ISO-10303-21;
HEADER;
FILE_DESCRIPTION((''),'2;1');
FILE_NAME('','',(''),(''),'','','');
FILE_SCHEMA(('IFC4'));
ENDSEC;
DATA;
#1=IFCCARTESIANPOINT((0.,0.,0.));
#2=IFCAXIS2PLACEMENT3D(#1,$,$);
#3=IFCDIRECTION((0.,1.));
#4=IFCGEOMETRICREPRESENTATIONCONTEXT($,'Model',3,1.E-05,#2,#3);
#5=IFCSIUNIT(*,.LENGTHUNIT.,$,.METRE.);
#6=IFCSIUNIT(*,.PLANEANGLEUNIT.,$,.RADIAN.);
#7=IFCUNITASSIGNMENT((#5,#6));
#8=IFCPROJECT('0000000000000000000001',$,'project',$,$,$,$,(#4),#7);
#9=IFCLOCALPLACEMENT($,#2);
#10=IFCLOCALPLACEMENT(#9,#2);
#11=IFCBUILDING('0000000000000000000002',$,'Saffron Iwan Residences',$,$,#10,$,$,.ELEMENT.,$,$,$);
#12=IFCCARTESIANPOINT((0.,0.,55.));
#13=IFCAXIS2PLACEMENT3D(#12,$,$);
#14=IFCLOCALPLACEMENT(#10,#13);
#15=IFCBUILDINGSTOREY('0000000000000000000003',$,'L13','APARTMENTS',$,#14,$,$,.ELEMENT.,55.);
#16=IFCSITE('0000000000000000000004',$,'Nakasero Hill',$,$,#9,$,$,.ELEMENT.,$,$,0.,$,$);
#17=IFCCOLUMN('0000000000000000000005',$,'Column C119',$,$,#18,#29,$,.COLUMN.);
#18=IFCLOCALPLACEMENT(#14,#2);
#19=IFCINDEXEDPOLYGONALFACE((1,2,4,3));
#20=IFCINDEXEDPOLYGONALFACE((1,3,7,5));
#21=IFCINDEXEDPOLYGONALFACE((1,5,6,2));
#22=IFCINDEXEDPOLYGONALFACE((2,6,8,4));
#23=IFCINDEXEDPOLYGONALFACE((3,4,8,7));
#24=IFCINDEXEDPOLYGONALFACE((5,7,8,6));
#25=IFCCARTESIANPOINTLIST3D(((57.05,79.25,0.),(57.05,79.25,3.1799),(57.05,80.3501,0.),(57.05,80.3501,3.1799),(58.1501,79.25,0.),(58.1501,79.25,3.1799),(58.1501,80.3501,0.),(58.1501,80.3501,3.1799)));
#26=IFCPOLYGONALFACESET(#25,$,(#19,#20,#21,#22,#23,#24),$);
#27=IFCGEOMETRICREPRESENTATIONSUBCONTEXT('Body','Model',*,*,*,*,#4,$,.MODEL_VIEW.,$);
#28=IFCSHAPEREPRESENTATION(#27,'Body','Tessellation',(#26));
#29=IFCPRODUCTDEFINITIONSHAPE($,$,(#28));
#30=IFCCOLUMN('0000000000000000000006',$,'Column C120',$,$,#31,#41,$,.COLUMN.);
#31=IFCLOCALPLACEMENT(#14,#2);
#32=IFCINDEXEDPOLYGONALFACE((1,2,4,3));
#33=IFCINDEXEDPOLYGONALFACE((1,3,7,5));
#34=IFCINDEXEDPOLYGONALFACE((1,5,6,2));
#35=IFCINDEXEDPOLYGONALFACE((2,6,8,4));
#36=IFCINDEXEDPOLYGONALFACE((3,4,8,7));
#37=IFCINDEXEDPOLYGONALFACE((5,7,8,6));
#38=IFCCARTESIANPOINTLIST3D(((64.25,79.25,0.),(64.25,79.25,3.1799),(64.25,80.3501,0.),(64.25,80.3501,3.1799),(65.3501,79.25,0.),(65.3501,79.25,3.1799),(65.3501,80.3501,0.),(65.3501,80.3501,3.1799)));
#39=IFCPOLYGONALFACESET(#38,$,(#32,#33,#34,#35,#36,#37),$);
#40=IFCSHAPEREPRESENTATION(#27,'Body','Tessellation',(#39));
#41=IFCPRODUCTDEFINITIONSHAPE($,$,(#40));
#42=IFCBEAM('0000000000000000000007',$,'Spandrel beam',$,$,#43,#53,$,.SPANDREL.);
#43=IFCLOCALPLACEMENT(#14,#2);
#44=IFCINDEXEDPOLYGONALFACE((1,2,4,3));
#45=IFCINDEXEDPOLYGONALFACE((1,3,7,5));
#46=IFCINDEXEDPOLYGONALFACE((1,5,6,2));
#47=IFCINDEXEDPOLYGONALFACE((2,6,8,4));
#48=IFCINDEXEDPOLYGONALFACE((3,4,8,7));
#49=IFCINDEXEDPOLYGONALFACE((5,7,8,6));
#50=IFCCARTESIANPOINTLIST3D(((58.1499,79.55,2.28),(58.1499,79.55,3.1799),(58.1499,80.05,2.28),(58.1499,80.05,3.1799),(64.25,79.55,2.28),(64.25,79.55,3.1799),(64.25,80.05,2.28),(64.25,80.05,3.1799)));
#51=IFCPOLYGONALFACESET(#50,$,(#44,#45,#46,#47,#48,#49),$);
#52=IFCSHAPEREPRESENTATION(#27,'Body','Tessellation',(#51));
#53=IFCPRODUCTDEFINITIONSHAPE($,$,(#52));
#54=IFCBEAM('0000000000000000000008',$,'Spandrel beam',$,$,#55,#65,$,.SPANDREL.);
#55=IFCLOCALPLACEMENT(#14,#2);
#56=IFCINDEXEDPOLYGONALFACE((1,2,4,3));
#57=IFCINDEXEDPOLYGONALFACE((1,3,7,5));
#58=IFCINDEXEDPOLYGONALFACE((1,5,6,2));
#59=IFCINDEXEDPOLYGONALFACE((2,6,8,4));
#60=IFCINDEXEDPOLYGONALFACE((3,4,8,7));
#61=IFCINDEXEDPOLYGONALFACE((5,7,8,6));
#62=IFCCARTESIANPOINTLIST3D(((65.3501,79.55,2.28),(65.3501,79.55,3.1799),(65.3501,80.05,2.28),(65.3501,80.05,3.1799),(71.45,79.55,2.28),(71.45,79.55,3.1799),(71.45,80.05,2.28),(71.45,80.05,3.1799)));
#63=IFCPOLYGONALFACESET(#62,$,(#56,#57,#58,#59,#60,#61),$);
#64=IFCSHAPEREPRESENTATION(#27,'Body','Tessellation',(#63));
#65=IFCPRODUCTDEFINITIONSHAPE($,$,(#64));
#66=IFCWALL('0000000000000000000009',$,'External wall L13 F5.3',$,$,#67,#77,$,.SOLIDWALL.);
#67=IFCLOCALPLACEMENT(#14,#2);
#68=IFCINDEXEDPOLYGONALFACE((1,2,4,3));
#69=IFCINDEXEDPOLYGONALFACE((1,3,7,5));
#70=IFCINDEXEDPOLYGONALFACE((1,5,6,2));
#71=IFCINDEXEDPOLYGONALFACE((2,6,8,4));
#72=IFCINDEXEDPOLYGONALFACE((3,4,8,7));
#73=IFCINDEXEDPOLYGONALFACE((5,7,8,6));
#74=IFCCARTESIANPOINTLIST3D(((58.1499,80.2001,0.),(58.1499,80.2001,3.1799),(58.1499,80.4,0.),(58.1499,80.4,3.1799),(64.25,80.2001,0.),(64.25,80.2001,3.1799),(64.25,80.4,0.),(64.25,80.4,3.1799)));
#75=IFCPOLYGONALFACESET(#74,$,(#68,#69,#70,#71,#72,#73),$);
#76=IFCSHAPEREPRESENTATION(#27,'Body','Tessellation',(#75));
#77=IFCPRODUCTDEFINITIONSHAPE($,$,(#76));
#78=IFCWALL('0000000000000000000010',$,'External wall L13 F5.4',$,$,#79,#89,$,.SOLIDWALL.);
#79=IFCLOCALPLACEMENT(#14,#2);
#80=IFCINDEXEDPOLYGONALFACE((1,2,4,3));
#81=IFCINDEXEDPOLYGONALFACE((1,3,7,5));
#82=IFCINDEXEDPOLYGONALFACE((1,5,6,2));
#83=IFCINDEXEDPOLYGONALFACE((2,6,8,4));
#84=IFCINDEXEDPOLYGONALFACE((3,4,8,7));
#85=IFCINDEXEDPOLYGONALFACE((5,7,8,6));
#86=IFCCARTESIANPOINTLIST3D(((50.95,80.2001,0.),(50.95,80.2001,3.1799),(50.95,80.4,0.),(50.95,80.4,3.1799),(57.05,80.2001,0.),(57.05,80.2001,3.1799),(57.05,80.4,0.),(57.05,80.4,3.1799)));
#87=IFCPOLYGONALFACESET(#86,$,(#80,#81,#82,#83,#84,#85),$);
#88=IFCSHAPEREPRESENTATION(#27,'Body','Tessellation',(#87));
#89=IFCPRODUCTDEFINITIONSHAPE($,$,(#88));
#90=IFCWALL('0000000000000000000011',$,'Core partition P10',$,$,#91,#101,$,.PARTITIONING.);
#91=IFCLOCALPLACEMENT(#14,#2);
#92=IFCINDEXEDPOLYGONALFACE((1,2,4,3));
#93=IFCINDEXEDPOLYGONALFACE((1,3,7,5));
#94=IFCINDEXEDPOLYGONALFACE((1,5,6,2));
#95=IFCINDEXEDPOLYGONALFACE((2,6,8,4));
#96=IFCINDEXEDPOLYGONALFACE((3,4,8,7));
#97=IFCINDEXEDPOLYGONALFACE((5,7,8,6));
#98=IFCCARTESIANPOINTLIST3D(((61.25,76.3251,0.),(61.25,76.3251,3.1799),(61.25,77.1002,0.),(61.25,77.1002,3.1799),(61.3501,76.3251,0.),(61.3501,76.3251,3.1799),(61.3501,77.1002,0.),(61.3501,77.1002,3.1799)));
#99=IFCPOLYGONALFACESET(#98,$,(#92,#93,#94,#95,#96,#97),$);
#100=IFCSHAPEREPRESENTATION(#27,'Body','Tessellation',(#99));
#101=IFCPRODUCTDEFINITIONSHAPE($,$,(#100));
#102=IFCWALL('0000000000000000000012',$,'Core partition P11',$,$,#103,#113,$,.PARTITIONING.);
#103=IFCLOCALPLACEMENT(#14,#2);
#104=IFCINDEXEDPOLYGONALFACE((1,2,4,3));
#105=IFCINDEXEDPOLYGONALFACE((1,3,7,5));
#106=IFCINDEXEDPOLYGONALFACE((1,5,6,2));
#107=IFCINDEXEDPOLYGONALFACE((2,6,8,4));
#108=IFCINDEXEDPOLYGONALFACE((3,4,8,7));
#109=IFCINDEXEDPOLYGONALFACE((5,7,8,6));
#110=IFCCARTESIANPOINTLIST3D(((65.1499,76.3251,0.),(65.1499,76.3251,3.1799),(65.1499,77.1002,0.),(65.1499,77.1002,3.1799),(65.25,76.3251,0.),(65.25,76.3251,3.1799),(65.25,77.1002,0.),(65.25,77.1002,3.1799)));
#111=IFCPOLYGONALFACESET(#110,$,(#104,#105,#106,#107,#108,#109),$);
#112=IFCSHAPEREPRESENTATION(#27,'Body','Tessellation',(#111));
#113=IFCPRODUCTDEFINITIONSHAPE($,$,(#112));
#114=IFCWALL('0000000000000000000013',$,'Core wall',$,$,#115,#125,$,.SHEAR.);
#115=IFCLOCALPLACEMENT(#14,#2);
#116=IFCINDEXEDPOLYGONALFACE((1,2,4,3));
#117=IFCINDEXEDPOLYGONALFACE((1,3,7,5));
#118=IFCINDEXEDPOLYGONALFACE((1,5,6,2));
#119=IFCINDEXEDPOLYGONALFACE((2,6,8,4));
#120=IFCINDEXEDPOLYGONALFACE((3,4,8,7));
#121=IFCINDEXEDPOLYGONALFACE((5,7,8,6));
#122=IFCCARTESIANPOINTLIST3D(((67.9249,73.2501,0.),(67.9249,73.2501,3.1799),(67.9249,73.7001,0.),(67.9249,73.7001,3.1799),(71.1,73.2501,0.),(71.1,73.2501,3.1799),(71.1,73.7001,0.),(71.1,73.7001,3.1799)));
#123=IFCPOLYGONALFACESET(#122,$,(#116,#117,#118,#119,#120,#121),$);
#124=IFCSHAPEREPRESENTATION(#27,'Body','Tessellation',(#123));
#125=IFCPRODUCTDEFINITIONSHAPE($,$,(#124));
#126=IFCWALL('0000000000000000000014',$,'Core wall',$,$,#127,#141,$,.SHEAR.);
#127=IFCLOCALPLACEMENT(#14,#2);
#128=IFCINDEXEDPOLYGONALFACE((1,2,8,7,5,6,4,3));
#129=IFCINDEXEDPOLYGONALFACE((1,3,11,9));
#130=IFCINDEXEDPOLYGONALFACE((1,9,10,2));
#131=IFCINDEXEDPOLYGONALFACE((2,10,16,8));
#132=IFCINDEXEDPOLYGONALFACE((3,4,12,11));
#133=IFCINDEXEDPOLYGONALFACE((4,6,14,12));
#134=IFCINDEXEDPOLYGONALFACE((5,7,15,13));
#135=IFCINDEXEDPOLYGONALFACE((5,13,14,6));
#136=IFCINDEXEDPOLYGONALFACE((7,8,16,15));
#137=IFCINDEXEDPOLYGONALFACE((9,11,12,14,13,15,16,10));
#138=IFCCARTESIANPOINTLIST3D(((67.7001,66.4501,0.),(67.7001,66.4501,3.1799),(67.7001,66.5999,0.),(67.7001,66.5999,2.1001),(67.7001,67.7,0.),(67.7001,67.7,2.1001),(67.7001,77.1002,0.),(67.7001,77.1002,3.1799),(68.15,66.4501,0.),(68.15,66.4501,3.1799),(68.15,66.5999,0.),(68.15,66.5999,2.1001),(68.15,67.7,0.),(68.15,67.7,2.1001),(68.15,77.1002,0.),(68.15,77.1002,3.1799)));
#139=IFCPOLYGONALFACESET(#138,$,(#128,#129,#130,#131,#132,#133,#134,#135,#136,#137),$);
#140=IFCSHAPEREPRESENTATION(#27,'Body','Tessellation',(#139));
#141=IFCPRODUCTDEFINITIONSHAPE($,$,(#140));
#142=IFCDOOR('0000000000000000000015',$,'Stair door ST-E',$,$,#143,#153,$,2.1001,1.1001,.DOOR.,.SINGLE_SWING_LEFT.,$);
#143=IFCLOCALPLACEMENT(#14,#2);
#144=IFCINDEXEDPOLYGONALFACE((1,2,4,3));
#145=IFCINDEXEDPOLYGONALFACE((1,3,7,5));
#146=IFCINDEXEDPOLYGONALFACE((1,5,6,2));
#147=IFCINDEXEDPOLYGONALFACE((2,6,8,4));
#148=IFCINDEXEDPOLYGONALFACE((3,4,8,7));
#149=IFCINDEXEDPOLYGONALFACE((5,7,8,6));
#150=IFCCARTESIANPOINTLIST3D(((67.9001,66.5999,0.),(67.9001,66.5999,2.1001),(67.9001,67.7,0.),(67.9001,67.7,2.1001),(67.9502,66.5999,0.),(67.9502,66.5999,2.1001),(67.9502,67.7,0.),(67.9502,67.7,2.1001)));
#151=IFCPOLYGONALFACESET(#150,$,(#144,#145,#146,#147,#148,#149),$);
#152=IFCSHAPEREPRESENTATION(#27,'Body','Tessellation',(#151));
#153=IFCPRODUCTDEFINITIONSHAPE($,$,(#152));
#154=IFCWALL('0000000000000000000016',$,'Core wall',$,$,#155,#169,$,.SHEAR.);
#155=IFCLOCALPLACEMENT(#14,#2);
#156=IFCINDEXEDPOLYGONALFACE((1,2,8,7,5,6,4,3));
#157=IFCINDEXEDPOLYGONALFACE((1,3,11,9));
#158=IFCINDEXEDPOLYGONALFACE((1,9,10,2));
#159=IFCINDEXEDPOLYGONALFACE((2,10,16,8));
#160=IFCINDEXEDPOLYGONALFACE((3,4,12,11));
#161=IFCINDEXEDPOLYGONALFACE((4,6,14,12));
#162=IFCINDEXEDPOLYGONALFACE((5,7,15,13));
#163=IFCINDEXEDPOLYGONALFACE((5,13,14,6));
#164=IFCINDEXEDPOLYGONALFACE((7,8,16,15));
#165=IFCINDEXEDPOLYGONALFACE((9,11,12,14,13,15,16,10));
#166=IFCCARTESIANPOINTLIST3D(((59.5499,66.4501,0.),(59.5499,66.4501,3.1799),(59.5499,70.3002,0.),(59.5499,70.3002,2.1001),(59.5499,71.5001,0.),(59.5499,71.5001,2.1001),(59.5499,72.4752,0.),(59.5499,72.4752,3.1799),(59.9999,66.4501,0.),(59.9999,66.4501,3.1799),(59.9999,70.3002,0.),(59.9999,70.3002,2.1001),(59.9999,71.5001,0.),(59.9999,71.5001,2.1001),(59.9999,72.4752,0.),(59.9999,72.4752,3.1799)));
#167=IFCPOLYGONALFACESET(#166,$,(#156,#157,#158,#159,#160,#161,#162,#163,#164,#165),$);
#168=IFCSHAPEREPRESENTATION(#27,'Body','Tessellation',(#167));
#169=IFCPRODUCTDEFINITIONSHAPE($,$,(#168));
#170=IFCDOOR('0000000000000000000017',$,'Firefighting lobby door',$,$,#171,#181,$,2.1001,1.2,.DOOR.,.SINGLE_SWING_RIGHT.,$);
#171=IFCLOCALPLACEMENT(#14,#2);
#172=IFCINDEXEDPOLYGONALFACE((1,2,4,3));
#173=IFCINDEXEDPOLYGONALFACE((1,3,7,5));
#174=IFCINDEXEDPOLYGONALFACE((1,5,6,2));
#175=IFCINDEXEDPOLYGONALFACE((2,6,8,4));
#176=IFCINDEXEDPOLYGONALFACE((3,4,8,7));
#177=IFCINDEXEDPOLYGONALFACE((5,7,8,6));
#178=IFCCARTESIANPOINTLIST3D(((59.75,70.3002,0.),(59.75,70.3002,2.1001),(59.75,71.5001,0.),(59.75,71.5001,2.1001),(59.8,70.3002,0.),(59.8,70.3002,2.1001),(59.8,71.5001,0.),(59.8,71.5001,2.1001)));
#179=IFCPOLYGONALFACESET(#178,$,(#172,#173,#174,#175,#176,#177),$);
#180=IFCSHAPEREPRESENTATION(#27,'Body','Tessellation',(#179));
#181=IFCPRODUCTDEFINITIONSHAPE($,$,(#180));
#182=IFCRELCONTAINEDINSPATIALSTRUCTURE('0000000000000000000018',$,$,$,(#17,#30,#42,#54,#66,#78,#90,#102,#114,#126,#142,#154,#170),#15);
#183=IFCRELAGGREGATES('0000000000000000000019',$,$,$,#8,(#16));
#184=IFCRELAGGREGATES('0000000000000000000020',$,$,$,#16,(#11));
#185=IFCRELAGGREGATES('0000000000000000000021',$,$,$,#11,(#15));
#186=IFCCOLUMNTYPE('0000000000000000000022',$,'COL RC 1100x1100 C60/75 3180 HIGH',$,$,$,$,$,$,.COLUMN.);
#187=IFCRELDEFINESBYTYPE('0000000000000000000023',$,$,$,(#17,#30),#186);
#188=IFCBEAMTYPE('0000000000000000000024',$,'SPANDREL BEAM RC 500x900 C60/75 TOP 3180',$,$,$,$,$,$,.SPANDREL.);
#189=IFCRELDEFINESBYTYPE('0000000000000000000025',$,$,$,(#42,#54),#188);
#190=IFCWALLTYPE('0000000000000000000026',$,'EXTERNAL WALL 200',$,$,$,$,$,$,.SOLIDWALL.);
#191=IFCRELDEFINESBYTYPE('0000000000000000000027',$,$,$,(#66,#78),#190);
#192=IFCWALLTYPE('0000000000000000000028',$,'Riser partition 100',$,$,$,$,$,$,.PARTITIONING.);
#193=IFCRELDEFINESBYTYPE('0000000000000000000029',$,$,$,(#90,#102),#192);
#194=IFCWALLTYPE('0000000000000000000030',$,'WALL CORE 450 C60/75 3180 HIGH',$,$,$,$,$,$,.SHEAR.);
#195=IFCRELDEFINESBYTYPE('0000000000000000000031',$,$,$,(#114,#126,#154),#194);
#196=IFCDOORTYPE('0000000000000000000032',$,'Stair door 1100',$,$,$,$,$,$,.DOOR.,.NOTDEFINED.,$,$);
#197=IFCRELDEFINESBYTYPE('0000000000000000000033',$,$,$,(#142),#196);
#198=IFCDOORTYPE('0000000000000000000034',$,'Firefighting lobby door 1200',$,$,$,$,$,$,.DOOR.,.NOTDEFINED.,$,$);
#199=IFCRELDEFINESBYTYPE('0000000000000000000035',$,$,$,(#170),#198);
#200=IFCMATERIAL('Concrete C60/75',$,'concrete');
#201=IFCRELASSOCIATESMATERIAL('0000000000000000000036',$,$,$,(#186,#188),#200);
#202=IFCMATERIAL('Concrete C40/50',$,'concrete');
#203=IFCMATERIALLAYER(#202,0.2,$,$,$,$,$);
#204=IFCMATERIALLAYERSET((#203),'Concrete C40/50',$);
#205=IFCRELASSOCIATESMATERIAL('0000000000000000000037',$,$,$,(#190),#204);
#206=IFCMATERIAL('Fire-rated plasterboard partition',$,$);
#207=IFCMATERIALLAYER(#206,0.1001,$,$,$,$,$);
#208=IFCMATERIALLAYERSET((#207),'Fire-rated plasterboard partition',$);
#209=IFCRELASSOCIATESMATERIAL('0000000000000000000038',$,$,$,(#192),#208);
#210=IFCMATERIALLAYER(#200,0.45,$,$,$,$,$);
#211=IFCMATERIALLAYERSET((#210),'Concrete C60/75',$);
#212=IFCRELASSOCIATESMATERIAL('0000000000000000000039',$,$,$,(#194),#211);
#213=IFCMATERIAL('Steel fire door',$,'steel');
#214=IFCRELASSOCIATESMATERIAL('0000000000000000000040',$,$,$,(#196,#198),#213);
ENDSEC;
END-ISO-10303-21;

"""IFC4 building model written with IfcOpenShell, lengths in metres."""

from ifc_helpers import new_model, si_unit, direction, frame, frame_2d, origin, origin_2d, place, context, subcontext, project, spatial, rectangle, extrude, source, transform, mapped, material, layer, layer_set, material_profile, profile_set, type_object, element, fill, save


model = new_model("IFC4")

# Units and contexts
model_context = context("Model", 3, precision=1e-05, world=origin(), true_north=direction((0.0, 1.0)))
body_context = subcontext(model_context, "Body", "Model", "MODEL_VIEW")
ifc_project = project(units=[si_unit("LENGTHUNIT", "METRE"), si_unit("PLANEANGLEUNIT", "RADIAN")], contexts=[model_context])

# Site, building, storey
site_placement = place(None, origin())
site = spatial("IfcSite", under=ifc_project, at=site_placement, Name="Nakasero Hill", CompositionType="ELEMENT", RefElevation=0.0)
building_placement = place(site_placement, origin())
building = spatial("IfcBuilding", under=site, at=building_placement, Name="Saffron Iwan Residences", CompositionType="ELEMENT")
storey_placement = place(building_placement, frame((0.0, 0.0, 55.0)))
storey = spatial("IfcBuildingStorey", under=building, at=storey_placement, Name="L13", Description="APARTMENTS", CompositionType="ELEMENT", Elevation=55.0)

# Columns
ifc_material_1 = material(Name="Concrete C60/75", Category="concrete")
ifc_material_profile_1 = material_profile(ifc_material_1, rectangle(XDim=1.1001, YDim=1.1001, at=origin_2d()), Name="RC 1100x1100")
ifc_profile_set_1 = profile_set([ifc_material_profile_1], Name="Concrete C60/75")
column_type = type_object("IfcColumnType", Name="COL RC 1100x1100 C60/75 3180 HIGH", PredefinedType="COLUMN", material=ifc_profile_set_1)
shared_shape_1 = source(origin(), body_context, "Body", "SweptSolid", [
    extrude(rectangle(XDim=1.1001, YDim=1.1001, at=origin_2d()), origin(), (0.0, 0.0, 1.0), 3.1799),
])
for number, where, z_axis, x_axis, name in (
    (1, (57.6001, 79.8, 0.0), (0.0, 0.0, 1.0), (1.0, 0.0, 0.0), "Column C119"),
    (2, (64.8, 79.8, 0.0), (0.0, 0.0, 1.0), (1.0, 0.0, 0.0), "Column C120"),
):
    element("IfcColumn", number, at=place(storey_placement, frame(where, z_axis=z_axis, x_axis=x_axis)), inside=storey, type_object=column_type, Name=name, PredefinedType="COLUMN", context=body_context, shape_type="MappedRepresentation", body=[
        mapped(shared_shape_1, transform((0.0, 0.0, 0.0))),
    ])

# Beams
ifc_material_profile_2 = material_profile(ifc_material_1, rectangle(XDim=0.5, YDim=0.8999, at=origin_2d()), Name="RC 500x900")
ifc_profile_set_2 = profile_set([ifc_material_profile_2], Name="Concrete C60/75")
beam_type = type_object("IfcBeamType", Name="SPANDREL BEAM RC 500x900 C60/75 TOP 3180", PredefinedType="SPANDREL", material=ifc_profile_set_2)
shared_shape_2 = source(origin(), body_context, "Body", "SweptSolid", [
    extrude(rectangle(XDim=0.5, YDim=0.8999, at=origin_2d()), origin(), (0.0, 0.0, 1.0), 6.1001),
])
beam_1_placement = place(storey_placement, frame((58.1499, 79.8, 2.73), z_axis=(1.0, 0.0, 0.0), x_axis=(0.0, 1.0, 0.0)))
element("IfcBeam", 3, at=beam_1_placement, inside=storey, type_object=beam_type, Name="Spandrel beam", PredefinedType="SPANDREL", context=body_context, shape_type="MappedRepresentation", body=[
    mapped(shared_shape_2, transform((0.0, 0.0, 0.0))),
])
shared_shape_3 = source(origin(), body_context, "Body", "SweptSolid", [
    extrude(rectangle(XDim=0.5, YDim=0.8999, at=origin_2d()), origin(), (0.0, 0.0, 1.0), 6.0999),
])
beam_2_placement = place(storey_placement, frame((65.3501, 79.8, 2.73), z_axis=(1.0, 0.0, 0.0), x_axis=(0.0, 1.0, 0.0)))
element("IfcBeam", 4, at=beam_2_placement, inside=storey, type_object=beam_type, Name="Spandrel beam", PredefinedType="SPANDREL", context=body_context, shape_type="MappedRepresentation", body=[
    mapped(shared_shape_3, transform((0.0, 0.0, 0.0))),
])

# Walls
ifc_material_2 = material(Name="Concrete C40/50", Category="concrete")
ifc_layer_1 = layer(ifc_material_2, 0.2)
ifc_layer_set_1 = layer_set([ifc_layer_1], Name="Concrete C40/50")
wall_type_1 = type_object("IfcWallType", Name="EXTERNAL WALL 200", PredefinedType="SOLIDWALL", material=ifc_layer_set_1)
for number, where, z_axis, x_axis, name in (
    (5, (64.25, 80.3, 0.0), (0.0, 0.0, 1.0), (-1.0, 0.0, 0.0), "External wall L13 F5.3"),
    (6, (57.05, 80.3, 0.0), (0.0, 0.0, 1.0), (-1.0, 0.0, 0.0), "External wall L13 F5.4"),
):
    element("IfcWall", number, at=place(storey_placement, frame(where, z_axis=z_axis, x_axis=x_axis)), inside=storey, type_object=wall_type_1, Name=name, PredefinedType="SOLIDWALL", context=body_context, shape_type="SweptSolid", body=[
        extrude(rectangle(XDim=6.1001, YDim=0.2, at=frame_2d((3.05, 0.0))), origin(), (0.0, 0.0, 1.0), 3.1799),
    ])
ifc_material_3 = material(Name="Fire-rated plasterboard partition")
ifc_layer_2 = layer(ifc_material_3, 0.1001)
ifc_layer_set_2 = layer_set([ifc_layer_2], Name="Fire-rated plasterboard partition")
wall_type_2 = type_object("IfcWallType", Name="Riser partition 100", PredefinedType="PARTITIONING", material=ifc_layer_set_2)
for number, where, z_axis, x_axis, name in (
    (7, (61.3, 76.325, 0.0), (0.0, 0.0, 1.0), (0.0, 1.0, 0.0), "Core partition P10"),
    (8, (65.2, 76.325, 0.0), (0.0, 0.0, 1.0), (0.0, 1.0, 0.0), "Core partition P11"),
):
    element("IfcWall", number, at=place(storey_placement, frame(where, z_axis=z_axis, x_axis=x_axis)), inside=storey, type_object=wall_type_2, Name=name, PredefinedType="PARTITIONING", context=body_context, shape_type="SweptSolid", body=[
        extrude(rectangle(XDim=0.7751, YDim=0.1001, at=frame_2d((0.3877, 0.0))), origin(), (0.0, 0.0, 1.0), 3.1799),
    ])
ifc_layer_3 = layer(ifc_material_1, 0.45)
ifc_layer_set_3 = layer_set([ifc_layer_3], Name="Concrete C60/75")
wall_type_3 = type_object("IfcWallType", Name="WALL CORE 450 C60/75 3180 HIGH", PredefinedType="SHEAR", material=ifc_layer_set_3)
wall_1_placement = place(storey_placement, frame((67.925, 73.4751, 0.0), z_axis=(0.0, 0.0, 1.0), x_axis=(1.0, 0.0, 0.0)))
element("IfcWall", 9, at=wall_1_placement, inside=storey, type_object=wall_type_3, Name="Core wall", PredefinedType="SHEAR", context=body_context, shape_type="SweptSolid", body=[
    extrude(rectangle(XDim=3.175, YDim=0.45, at=frame_2d((1.5874, 0.0))), origin(), (0.0, 0.0, 1.0), 3.1799),
])

# Walls, openings, doors
wall_2_placement = place(storey_placement, frame((67.925, 66.45, 0.0), z_axis=(0.0, 0.0, 1.0), x_axis=(0.0, 1.0, 0.0)))
wall_2 = element("IfcWall", 10, at=wall_2_placement, inside=storey, type_object=wall_type_3, Name="Core wall", PredefinedType="SHEAR", context=body_context, shape_type="SweptSolid", body=[
    extrude(rectangle(XDim=10.6501, YDim=0.45, at=frame_2d((5.3252, 0.0))), origin(), (0.0, 0.0, 1.0), 3.1799),
])
opening_1_placement = place(wall_2_placement, frame((0.1499, 0.0, 0.0)))
opening_1 = element("IfcOpeningElement", 11, at=opening_1_placement, cuts=wall_2, PredefinedType="OPENING", context=body_context, shape_type="SweptSolid", body=[
    extrude(rectangle(XDim=1.1001, YDim=2.1001, at=frame_2d((0.55, 1.05))), frame((0.0, 0.2349, 0.0), z_axis=(0.0, -1.0, 0.0), x_axis=(1.0, 0.0, 0.0)), (0.0, 0.0, 1.0), 0.47),
])
ifc_material_4 = material(Name="Steel fire door", Category="steel")
door_type_1 = type_object("IfcDoorType", Name="Stair door 1100", OperationType="NOTDEFINED", PredefinedType="DOOR", material=ifc_material_4)
door_1_placement = place(opening_1_placement, origin())
door_1 = element("IfcDoor", 12, at=door_1_placement, inside=storey, type_object=door_type_1, Name="Stair door ST-E", OperationType="SINGLE_SWING_LEFT", OverallHeight=2.1001, OverallWidth=1.1001, PredefinedType="DOOR", context=body_context, shape_type="SweptSolid", body=[
    extrude(rectangle(XDim=1.1001, YDim=2.1001, at=frame_2d((0.55, 1.05))), frame((0.0, 0.0249, 0.0), z_axis=(0.0, -1.0, 0.0), x_axis=(1.0, 0.0, 0.0)), (0.0, 0.0, 1.0), 0.05),
])
fill(opening_1, door_1)
wall_3_placement = place(storey_placement, frame((59.7749, 66.45, 0.0), z_axis=(0.0, 0.0, 1.0), x_axis=(0.0, 1.0, 0.0)))
wall_3 = element("IfcWall", 13, at=wall_3_placement, inside=storey, type_object=wall_type_3, Name="Core wall", PredefinedType="SHEAR", context=body_context, shape_type="SweptSolid", body=[
    extrude(rectangle(XDim=6.0251, YDim=0.45, at=frame_2d((3.0127, 0.0))), origin(), (0.0, 0.0, 1.0), 3.1799),
])
opening_2_placement = place(wall_3_placement, frame((3.8501, 0.0, 0.0)))
opening_2 = element("IfcOpeningElement", 14, at=opening_2_placement, cuts=wall_3, PredefinedType="OPENING", context=body_context, shape_type="SweptSolid", body=[
    extrude(rectangle(XDim=1.2, YDim=2.1001, at=frame_2d((0.6001, 1.05))), frame((0.0, 0.2349, 0.0), z_axis=(0.0, -1.0, 0.0), x_axis=(1.0, 0.0, 0.0)), (0.0, 0.0, 1.0), 0.47),
])
door_type_2 = type_object("IfcDoorType", Name="Firefighting lobby door 1200", OperationType="NOTDEFINED", PredefinedType="DOOR", material=ifc_material_4)
door_2_placement = place(opening_2_placement, origin())
door_2 = element("IfcDoor", 15, at=door_2_placement, inside=storey, type_object=door_type_2, Name="Firefighting lobby door", OperationType="SINGLE_SWING_RIGHT", OverallHeight=2.1001, OverallWidth=1.2, PredefinedType="DOOR", context=body_context, shape_type="SweptSolid", body=[
    extrude(rectangle(XDim=1.2, YDim=2.1001, at=frame_2d((0.6001, 1.05))), frame((0.0, 0.0249, 0.0), z_axis=(0.0, -1.0, 0.0), x_axis=(1.0, 0.0, 0.0)), (0.0, 0.0, 1.0), 0.05),
])
fill(opening_2, door_2)

save(model, "model.ifc")
